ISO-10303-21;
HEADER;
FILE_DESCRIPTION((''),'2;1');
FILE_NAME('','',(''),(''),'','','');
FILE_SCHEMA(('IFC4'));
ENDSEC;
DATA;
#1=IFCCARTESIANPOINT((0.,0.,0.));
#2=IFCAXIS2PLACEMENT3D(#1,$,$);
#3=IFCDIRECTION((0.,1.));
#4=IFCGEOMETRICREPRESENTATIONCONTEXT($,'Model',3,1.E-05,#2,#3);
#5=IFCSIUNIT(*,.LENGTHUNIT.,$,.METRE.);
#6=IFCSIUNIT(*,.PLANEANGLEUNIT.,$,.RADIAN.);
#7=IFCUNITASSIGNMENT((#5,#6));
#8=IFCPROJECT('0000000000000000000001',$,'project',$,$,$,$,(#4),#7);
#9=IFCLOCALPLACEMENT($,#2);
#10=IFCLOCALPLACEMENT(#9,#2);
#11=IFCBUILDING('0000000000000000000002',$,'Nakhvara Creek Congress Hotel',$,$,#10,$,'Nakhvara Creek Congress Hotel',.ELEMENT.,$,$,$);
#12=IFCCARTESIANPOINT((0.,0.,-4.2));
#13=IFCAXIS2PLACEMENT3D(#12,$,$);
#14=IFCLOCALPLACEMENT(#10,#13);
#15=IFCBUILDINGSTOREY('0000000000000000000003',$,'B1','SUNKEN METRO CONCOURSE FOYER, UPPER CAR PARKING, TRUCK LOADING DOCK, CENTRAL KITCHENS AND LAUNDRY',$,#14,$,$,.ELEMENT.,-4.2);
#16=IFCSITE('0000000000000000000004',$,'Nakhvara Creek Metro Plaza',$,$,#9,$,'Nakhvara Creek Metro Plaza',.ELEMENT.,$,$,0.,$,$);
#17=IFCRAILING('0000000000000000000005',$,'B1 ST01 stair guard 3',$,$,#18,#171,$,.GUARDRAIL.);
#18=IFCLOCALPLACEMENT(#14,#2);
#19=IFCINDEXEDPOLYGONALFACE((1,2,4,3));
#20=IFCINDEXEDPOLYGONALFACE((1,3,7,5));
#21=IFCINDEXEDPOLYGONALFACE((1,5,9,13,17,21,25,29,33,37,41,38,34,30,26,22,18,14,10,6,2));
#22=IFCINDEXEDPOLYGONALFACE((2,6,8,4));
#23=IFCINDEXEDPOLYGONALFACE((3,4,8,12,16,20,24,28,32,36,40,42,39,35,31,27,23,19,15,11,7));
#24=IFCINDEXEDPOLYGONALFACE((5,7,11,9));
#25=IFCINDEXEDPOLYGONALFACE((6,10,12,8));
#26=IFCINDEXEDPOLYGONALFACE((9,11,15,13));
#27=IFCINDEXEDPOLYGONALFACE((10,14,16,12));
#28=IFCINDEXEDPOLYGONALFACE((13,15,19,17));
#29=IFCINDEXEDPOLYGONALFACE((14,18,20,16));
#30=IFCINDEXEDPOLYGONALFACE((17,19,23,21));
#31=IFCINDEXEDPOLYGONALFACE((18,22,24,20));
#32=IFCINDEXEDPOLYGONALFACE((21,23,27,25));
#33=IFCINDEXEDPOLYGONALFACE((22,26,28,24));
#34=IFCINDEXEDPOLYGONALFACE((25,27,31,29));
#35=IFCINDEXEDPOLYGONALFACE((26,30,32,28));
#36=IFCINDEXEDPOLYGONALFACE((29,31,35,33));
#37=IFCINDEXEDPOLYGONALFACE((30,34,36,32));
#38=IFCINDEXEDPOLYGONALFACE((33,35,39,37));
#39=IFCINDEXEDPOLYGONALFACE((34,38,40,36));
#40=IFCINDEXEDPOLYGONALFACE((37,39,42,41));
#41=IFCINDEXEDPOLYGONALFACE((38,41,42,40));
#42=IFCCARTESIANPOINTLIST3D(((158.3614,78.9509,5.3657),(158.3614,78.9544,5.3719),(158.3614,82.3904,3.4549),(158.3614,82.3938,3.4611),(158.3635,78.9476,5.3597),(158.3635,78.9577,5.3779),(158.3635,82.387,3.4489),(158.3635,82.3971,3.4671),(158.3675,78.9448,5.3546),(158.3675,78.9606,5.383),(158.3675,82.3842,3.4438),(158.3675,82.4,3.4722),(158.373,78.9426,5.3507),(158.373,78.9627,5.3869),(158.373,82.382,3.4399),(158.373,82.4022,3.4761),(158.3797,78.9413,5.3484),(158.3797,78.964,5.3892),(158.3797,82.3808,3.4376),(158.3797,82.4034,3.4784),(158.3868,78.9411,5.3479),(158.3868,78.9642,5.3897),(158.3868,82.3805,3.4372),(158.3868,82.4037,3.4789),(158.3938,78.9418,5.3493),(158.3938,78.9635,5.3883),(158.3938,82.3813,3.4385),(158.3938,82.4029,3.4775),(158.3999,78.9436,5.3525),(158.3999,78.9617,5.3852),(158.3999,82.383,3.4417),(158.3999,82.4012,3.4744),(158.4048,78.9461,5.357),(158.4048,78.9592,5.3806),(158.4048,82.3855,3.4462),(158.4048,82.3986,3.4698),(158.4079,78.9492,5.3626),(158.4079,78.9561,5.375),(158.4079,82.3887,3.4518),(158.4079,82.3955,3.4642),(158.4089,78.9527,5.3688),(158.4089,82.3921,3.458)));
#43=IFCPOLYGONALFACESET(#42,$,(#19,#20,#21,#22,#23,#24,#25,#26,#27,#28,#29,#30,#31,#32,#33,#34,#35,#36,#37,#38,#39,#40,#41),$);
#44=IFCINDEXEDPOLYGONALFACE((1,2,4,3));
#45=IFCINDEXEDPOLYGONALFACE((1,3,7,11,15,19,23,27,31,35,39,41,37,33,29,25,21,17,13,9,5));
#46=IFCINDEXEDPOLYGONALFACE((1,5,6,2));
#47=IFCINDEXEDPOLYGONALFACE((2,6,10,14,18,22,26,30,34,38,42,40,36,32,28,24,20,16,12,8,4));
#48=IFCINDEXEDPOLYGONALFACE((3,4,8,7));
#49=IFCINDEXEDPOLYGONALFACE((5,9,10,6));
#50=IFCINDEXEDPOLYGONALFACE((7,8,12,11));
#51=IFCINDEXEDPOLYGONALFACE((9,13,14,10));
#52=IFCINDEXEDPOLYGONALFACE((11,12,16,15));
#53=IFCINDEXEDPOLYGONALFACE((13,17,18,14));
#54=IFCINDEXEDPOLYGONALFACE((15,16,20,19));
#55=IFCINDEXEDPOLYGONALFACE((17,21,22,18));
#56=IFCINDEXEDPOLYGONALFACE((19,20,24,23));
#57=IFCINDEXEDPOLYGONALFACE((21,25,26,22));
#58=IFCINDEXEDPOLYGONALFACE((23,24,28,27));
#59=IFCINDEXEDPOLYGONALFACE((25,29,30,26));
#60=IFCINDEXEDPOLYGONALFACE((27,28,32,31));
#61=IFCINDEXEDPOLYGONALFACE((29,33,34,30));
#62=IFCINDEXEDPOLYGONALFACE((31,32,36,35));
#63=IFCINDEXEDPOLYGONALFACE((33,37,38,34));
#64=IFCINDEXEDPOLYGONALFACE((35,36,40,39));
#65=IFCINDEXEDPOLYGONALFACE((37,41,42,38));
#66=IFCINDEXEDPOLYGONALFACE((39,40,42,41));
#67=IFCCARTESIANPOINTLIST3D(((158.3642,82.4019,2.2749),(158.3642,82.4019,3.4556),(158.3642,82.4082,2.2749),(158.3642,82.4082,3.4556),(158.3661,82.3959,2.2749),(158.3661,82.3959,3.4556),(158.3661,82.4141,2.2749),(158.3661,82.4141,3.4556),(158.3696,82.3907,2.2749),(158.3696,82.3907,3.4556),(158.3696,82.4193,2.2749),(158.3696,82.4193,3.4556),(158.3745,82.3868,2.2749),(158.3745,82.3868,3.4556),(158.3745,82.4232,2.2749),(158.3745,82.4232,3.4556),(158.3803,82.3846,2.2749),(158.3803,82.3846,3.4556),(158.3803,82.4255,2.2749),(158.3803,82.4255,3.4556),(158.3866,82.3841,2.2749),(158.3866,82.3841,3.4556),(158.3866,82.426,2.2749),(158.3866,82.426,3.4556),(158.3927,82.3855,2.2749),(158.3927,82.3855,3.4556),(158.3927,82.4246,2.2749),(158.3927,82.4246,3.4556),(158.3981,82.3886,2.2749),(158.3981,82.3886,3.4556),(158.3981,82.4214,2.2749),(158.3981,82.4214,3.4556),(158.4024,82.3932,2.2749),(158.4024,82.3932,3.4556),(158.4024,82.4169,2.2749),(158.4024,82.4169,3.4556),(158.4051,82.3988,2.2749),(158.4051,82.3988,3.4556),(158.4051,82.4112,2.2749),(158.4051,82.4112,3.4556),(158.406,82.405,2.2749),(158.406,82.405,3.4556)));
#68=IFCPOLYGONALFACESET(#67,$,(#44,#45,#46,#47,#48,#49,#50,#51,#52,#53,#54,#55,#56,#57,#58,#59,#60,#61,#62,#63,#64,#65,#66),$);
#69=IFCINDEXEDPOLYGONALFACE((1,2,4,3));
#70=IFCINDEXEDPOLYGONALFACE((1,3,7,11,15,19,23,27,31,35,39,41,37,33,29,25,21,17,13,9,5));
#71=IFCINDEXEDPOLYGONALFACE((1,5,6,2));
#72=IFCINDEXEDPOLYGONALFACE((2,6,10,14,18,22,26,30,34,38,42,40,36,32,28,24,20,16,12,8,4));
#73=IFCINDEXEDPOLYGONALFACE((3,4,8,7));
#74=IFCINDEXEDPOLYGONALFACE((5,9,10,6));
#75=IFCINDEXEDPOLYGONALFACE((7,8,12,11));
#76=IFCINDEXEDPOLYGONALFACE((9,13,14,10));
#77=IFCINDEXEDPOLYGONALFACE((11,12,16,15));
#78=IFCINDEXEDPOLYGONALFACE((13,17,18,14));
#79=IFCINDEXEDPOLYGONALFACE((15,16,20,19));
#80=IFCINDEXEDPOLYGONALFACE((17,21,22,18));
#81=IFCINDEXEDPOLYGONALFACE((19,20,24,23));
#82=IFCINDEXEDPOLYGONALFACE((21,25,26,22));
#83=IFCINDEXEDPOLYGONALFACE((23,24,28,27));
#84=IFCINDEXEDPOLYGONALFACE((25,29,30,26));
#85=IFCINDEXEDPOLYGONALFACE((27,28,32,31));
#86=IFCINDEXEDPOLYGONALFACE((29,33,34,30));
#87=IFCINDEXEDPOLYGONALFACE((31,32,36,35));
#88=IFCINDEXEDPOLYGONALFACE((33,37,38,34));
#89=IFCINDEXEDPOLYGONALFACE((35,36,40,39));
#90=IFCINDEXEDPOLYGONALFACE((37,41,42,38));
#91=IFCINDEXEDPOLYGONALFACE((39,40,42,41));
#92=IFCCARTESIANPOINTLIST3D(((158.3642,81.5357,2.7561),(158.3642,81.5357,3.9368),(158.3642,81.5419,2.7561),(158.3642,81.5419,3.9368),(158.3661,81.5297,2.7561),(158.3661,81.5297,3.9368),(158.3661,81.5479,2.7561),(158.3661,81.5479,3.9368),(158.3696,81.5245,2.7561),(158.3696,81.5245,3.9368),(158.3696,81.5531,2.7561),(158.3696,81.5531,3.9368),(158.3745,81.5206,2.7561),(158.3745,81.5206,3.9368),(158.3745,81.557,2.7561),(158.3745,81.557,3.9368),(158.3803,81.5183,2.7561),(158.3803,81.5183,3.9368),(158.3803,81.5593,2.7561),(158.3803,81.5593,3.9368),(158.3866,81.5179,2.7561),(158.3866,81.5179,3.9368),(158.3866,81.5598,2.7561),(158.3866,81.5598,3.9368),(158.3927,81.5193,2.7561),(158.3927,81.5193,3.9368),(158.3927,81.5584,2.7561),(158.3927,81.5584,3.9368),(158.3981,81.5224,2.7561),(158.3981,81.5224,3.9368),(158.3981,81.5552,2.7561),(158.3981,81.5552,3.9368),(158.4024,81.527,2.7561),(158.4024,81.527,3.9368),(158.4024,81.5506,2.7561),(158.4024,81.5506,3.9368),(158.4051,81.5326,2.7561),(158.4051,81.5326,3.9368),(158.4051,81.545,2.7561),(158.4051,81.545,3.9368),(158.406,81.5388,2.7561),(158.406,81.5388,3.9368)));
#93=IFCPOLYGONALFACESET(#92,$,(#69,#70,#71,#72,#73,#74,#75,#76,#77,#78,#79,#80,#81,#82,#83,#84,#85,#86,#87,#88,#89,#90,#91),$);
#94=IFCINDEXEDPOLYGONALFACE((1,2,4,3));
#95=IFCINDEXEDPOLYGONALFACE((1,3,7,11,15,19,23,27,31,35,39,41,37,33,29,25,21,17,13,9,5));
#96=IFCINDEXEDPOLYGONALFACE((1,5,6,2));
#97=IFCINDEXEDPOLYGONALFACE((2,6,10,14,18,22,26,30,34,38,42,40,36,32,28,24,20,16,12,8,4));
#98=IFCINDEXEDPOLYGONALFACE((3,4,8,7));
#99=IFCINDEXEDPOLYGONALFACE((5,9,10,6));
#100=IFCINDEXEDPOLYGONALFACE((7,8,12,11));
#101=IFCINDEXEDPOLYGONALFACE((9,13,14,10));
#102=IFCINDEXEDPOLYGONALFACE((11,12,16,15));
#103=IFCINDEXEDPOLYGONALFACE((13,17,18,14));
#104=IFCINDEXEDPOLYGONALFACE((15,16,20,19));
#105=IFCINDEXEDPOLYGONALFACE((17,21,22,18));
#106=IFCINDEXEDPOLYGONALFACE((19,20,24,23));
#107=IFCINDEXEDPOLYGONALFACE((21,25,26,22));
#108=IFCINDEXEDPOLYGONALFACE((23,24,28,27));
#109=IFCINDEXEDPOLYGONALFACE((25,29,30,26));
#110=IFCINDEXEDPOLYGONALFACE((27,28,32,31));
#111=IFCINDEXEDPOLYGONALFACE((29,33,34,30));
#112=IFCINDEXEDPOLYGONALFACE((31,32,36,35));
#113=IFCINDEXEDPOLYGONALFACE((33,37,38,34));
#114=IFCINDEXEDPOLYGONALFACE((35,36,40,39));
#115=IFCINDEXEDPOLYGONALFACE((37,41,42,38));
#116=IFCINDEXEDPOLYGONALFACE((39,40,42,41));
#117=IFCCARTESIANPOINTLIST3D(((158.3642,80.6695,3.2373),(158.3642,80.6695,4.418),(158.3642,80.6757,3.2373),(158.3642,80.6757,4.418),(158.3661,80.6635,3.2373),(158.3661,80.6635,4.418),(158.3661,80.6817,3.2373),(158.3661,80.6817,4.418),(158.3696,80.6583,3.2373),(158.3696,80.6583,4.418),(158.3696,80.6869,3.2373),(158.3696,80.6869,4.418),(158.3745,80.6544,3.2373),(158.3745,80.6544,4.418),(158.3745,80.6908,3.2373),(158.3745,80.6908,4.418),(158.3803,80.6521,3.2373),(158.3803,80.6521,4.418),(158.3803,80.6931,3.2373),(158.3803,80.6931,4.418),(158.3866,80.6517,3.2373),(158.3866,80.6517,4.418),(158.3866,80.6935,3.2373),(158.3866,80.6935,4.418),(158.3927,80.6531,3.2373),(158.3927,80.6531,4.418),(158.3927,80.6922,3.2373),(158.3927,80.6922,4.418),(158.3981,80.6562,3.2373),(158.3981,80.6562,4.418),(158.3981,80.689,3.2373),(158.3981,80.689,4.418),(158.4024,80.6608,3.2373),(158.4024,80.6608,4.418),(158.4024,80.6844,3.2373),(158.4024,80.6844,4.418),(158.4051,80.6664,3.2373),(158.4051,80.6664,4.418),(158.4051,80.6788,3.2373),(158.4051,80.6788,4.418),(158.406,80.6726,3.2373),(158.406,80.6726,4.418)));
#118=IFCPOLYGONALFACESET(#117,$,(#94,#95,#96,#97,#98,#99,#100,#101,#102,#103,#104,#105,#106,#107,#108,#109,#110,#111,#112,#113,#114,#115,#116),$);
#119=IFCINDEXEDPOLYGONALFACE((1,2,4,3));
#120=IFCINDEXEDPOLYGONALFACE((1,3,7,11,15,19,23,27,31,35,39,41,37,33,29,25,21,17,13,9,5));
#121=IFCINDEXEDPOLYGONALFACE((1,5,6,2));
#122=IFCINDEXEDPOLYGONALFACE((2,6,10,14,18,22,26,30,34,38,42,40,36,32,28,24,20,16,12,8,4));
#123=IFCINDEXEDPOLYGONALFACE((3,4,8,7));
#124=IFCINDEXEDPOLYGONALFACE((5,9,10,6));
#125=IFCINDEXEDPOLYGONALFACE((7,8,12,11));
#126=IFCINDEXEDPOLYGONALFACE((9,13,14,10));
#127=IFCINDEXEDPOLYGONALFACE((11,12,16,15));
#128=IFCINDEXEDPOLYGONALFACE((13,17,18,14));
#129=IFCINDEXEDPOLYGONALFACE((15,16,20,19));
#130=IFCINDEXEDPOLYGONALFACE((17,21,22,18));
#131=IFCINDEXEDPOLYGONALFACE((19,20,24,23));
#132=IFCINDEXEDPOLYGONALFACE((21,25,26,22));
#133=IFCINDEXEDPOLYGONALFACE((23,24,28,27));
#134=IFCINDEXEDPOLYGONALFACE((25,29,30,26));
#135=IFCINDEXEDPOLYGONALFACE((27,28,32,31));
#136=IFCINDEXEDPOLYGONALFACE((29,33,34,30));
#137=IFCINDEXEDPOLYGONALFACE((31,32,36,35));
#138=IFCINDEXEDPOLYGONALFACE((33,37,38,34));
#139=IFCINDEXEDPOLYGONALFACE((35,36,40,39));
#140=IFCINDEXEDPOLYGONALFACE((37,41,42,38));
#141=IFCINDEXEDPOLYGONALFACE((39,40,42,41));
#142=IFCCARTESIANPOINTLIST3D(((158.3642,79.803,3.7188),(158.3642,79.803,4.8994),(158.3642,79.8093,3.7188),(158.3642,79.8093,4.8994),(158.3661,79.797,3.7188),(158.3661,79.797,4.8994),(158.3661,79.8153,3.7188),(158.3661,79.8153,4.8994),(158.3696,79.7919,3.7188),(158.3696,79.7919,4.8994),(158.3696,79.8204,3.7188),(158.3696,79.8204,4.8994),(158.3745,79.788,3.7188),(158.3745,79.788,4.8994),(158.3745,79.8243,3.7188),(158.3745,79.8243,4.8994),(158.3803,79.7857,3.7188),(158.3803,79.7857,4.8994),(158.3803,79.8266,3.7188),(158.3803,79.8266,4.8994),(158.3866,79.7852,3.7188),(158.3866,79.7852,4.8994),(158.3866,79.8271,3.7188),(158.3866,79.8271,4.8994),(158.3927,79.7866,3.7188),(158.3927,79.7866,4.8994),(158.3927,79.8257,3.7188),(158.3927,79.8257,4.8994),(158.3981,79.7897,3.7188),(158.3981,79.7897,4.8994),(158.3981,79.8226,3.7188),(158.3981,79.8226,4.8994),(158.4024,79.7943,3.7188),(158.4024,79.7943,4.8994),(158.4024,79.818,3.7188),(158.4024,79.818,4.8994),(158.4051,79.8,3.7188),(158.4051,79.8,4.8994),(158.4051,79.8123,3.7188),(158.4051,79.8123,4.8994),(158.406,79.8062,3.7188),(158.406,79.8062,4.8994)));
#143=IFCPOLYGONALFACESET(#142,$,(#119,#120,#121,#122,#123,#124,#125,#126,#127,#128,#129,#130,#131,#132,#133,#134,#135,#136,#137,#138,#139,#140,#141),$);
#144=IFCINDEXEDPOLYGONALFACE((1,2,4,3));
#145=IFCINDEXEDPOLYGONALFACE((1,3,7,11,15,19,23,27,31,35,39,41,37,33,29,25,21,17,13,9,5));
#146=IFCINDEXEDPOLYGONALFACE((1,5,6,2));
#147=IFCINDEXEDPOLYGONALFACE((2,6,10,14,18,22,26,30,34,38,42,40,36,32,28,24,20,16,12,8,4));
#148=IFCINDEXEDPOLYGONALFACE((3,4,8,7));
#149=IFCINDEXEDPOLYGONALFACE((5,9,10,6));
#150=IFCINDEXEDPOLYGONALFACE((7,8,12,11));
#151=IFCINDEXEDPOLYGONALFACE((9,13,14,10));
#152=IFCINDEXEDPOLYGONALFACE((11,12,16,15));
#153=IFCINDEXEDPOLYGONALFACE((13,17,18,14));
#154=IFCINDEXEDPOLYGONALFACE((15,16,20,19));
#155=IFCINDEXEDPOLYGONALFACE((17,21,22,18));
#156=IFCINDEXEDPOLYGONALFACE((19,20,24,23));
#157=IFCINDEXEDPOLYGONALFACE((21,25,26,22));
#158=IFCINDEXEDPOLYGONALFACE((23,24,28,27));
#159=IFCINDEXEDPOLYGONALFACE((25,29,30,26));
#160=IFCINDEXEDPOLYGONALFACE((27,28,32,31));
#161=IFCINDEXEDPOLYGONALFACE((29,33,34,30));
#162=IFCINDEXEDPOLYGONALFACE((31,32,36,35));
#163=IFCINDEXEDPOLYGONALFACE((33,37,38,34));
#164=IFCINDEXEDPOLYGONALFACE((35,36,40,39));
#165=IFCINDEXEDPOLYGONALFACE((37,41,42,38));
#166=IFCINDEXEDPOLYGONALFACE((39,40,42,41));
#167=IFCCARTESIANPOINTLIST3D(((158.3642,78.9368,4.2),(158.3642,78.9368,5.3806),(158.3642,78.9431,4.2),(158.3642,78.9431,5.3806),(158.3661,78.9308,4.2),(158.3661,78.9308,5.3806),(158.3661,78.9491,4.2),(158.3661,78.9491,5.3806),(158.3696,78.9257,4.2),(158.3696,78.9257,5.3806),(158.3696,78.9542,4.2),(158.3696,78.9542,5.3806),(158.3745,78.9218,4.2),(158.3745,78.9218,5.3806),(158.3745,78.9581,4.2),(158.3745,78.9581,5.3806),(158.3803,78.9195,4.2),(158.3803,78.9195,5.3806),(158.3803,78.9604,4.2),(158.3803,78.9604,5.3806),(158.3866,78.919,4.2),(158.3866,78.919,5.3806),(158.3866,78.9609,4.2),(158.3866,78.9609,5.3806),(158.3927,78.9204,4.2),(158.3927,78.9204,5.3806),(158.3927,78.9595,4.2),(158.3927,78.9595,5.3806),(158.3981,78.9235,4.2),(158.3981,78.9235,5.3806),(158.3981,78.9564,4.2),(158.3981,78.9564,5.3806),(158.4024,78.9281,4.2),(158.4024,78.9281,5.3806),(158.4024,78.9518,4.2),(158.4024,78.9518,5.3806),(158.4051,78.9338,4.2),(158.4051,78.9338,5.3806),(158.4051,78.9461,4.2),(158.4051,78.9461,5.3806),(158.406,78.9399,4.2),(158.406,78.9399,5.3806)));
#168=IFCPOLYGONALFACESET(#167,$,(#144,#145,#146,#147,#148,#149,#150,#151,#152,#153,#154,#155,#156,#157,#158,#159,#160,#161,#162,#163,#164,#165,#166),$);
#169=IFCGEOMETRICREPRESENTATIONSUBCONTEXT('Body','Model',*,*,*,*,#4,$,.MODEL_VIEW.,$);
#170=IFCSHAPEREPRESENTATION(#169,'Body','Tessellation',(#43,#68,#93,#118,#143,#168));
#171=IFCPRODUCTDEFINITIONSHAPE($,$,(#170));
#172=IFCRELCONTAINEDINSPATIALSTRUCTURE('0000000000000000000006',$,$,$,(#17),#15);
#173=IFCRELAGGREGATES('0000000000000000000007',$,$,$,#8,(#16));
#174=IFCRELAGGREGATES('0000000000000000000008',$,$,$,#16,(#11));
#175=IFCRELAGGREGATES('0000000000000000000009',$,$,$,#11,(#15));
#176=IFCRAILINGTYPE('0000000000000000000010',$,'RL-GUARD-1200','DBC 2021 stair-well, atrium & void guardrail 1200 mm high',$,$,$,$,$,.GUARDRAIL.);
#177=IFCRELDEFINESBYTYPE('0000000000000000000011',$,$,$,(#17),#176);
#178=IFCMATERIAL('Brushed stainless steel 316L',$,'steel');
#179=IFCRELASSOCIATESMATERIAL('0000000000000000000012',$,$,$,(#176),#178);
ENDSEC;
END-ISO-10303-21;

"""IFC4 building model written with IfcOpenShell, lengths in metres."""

from ifc_helpers import new_model, si_unit, direction, frame, origin, origin_2d, place, context, subcontext, project, spatial, circle, extrude, material, type_object, element, save


model = new_model("IFC4")

# Units and contexts
model_context = context("Model", 3, precision=1e-05, world=origin(), true_north=direction((0.0, 1.0)))
body_context = subcontext(model_context, "Body", "Model", "MODEL_VIEW")
ifc_project = project(units=[si_unit("LENGTHUNIT", "METRE"), si_unit("PLANEANGLEUNIT", "RADIAN")], contexts=[model_context])

# Site, building, storey
site_placement = place(None, origin())
site = spatial("IfcSite", under=ifc_project, at=site_placement, Name="Nakhvara Creek Metro Plaza", LongName="Nakhvara Creek Metro Plaza", CompositionType="ELEMENT", RefElevation=0.0)
building_placement = place(site_placement, origin())
building = spatial("IfcBuilding", under=site, at=building_placement, Name="Nakhvara Creek Congress Hotel", LongName="Nakhvara Creek Congress Hotel", CompositionType="ELEMENT")
storey_placement = place(building_placement, frame((0.0, 0.0, -4.2)))
storey = spatial("IfcBuildingStorey", under=building, at=storey_placement, Name="B1", Description="SUNKEN METRO CONCOURSE FOYER, UPPER CAR PARKING, TRUCK LOADING DOCK, CENTRAL KITCHENS AND LAUNDRY", CompositionType="ELEMENT", Elevation=-4.2)

# Railing
ifc_material_1 = material(Name="Brushed stainless steel 316L", Category="steel")
railing_type_1 = type_object("IfcRailingType", Name="RL-GUARD-1200", Description="DBC 2021 stair-well, atrium & void guardrail 1200 mm high", PredefinedType="GUARDRAIL", material=ifc_material_1)
railing_1_placement = place(storey_placement, frame((158.385, 82.405, 2.2749)))
element("IfcRailing", 1, at=railing_1_placement, inside=storey, type_object=railing_type_1, Name="B1 ST01 stair guard 3", PredefinedType="GUARDRAIL", context=body_context, shape_type="SweptSolid", body=[
    extrude(circle(Radius=0.0239, at=origin_2d()), frame((0.0, -0.0129, 1.1831), z_axis=(0.0, -0.874157, 0.485643), x_axis=(1.0, 0.0, 0.0)), (0.0, 0.0, 1.0), 3.9346),
    extrude(circle(Radius=0.021, at=origin_2d()), origin(), (0.0, 0.0, 1.0), 1.1807),
    extrude(circle(Radius=0.021, at=origin_2d()), frame((0.0, -0.8662, 0.4812)), (0.0, 0.0, 1.0), 1.1807),
    extrude(circle(Radius=0.021, at=origin_2d()), frame((0.0, -1.7324, 0.9624)), (0.0, 0.0, 1.0), 1.1807),
    extrude(circle(Radius=0.021, at=origin_2d()), frame((0.0, -2.5989, 1.4438)), (0.0, 0.0, 1.0), 1.1807),
    extrude(circle(Radius=0.021, at=origin_2d()), frame((0.0, -3.4651, 1.925)), (0.0, 0.0, 1.0), 1.1807),
])

save(model, "model.ifc")
